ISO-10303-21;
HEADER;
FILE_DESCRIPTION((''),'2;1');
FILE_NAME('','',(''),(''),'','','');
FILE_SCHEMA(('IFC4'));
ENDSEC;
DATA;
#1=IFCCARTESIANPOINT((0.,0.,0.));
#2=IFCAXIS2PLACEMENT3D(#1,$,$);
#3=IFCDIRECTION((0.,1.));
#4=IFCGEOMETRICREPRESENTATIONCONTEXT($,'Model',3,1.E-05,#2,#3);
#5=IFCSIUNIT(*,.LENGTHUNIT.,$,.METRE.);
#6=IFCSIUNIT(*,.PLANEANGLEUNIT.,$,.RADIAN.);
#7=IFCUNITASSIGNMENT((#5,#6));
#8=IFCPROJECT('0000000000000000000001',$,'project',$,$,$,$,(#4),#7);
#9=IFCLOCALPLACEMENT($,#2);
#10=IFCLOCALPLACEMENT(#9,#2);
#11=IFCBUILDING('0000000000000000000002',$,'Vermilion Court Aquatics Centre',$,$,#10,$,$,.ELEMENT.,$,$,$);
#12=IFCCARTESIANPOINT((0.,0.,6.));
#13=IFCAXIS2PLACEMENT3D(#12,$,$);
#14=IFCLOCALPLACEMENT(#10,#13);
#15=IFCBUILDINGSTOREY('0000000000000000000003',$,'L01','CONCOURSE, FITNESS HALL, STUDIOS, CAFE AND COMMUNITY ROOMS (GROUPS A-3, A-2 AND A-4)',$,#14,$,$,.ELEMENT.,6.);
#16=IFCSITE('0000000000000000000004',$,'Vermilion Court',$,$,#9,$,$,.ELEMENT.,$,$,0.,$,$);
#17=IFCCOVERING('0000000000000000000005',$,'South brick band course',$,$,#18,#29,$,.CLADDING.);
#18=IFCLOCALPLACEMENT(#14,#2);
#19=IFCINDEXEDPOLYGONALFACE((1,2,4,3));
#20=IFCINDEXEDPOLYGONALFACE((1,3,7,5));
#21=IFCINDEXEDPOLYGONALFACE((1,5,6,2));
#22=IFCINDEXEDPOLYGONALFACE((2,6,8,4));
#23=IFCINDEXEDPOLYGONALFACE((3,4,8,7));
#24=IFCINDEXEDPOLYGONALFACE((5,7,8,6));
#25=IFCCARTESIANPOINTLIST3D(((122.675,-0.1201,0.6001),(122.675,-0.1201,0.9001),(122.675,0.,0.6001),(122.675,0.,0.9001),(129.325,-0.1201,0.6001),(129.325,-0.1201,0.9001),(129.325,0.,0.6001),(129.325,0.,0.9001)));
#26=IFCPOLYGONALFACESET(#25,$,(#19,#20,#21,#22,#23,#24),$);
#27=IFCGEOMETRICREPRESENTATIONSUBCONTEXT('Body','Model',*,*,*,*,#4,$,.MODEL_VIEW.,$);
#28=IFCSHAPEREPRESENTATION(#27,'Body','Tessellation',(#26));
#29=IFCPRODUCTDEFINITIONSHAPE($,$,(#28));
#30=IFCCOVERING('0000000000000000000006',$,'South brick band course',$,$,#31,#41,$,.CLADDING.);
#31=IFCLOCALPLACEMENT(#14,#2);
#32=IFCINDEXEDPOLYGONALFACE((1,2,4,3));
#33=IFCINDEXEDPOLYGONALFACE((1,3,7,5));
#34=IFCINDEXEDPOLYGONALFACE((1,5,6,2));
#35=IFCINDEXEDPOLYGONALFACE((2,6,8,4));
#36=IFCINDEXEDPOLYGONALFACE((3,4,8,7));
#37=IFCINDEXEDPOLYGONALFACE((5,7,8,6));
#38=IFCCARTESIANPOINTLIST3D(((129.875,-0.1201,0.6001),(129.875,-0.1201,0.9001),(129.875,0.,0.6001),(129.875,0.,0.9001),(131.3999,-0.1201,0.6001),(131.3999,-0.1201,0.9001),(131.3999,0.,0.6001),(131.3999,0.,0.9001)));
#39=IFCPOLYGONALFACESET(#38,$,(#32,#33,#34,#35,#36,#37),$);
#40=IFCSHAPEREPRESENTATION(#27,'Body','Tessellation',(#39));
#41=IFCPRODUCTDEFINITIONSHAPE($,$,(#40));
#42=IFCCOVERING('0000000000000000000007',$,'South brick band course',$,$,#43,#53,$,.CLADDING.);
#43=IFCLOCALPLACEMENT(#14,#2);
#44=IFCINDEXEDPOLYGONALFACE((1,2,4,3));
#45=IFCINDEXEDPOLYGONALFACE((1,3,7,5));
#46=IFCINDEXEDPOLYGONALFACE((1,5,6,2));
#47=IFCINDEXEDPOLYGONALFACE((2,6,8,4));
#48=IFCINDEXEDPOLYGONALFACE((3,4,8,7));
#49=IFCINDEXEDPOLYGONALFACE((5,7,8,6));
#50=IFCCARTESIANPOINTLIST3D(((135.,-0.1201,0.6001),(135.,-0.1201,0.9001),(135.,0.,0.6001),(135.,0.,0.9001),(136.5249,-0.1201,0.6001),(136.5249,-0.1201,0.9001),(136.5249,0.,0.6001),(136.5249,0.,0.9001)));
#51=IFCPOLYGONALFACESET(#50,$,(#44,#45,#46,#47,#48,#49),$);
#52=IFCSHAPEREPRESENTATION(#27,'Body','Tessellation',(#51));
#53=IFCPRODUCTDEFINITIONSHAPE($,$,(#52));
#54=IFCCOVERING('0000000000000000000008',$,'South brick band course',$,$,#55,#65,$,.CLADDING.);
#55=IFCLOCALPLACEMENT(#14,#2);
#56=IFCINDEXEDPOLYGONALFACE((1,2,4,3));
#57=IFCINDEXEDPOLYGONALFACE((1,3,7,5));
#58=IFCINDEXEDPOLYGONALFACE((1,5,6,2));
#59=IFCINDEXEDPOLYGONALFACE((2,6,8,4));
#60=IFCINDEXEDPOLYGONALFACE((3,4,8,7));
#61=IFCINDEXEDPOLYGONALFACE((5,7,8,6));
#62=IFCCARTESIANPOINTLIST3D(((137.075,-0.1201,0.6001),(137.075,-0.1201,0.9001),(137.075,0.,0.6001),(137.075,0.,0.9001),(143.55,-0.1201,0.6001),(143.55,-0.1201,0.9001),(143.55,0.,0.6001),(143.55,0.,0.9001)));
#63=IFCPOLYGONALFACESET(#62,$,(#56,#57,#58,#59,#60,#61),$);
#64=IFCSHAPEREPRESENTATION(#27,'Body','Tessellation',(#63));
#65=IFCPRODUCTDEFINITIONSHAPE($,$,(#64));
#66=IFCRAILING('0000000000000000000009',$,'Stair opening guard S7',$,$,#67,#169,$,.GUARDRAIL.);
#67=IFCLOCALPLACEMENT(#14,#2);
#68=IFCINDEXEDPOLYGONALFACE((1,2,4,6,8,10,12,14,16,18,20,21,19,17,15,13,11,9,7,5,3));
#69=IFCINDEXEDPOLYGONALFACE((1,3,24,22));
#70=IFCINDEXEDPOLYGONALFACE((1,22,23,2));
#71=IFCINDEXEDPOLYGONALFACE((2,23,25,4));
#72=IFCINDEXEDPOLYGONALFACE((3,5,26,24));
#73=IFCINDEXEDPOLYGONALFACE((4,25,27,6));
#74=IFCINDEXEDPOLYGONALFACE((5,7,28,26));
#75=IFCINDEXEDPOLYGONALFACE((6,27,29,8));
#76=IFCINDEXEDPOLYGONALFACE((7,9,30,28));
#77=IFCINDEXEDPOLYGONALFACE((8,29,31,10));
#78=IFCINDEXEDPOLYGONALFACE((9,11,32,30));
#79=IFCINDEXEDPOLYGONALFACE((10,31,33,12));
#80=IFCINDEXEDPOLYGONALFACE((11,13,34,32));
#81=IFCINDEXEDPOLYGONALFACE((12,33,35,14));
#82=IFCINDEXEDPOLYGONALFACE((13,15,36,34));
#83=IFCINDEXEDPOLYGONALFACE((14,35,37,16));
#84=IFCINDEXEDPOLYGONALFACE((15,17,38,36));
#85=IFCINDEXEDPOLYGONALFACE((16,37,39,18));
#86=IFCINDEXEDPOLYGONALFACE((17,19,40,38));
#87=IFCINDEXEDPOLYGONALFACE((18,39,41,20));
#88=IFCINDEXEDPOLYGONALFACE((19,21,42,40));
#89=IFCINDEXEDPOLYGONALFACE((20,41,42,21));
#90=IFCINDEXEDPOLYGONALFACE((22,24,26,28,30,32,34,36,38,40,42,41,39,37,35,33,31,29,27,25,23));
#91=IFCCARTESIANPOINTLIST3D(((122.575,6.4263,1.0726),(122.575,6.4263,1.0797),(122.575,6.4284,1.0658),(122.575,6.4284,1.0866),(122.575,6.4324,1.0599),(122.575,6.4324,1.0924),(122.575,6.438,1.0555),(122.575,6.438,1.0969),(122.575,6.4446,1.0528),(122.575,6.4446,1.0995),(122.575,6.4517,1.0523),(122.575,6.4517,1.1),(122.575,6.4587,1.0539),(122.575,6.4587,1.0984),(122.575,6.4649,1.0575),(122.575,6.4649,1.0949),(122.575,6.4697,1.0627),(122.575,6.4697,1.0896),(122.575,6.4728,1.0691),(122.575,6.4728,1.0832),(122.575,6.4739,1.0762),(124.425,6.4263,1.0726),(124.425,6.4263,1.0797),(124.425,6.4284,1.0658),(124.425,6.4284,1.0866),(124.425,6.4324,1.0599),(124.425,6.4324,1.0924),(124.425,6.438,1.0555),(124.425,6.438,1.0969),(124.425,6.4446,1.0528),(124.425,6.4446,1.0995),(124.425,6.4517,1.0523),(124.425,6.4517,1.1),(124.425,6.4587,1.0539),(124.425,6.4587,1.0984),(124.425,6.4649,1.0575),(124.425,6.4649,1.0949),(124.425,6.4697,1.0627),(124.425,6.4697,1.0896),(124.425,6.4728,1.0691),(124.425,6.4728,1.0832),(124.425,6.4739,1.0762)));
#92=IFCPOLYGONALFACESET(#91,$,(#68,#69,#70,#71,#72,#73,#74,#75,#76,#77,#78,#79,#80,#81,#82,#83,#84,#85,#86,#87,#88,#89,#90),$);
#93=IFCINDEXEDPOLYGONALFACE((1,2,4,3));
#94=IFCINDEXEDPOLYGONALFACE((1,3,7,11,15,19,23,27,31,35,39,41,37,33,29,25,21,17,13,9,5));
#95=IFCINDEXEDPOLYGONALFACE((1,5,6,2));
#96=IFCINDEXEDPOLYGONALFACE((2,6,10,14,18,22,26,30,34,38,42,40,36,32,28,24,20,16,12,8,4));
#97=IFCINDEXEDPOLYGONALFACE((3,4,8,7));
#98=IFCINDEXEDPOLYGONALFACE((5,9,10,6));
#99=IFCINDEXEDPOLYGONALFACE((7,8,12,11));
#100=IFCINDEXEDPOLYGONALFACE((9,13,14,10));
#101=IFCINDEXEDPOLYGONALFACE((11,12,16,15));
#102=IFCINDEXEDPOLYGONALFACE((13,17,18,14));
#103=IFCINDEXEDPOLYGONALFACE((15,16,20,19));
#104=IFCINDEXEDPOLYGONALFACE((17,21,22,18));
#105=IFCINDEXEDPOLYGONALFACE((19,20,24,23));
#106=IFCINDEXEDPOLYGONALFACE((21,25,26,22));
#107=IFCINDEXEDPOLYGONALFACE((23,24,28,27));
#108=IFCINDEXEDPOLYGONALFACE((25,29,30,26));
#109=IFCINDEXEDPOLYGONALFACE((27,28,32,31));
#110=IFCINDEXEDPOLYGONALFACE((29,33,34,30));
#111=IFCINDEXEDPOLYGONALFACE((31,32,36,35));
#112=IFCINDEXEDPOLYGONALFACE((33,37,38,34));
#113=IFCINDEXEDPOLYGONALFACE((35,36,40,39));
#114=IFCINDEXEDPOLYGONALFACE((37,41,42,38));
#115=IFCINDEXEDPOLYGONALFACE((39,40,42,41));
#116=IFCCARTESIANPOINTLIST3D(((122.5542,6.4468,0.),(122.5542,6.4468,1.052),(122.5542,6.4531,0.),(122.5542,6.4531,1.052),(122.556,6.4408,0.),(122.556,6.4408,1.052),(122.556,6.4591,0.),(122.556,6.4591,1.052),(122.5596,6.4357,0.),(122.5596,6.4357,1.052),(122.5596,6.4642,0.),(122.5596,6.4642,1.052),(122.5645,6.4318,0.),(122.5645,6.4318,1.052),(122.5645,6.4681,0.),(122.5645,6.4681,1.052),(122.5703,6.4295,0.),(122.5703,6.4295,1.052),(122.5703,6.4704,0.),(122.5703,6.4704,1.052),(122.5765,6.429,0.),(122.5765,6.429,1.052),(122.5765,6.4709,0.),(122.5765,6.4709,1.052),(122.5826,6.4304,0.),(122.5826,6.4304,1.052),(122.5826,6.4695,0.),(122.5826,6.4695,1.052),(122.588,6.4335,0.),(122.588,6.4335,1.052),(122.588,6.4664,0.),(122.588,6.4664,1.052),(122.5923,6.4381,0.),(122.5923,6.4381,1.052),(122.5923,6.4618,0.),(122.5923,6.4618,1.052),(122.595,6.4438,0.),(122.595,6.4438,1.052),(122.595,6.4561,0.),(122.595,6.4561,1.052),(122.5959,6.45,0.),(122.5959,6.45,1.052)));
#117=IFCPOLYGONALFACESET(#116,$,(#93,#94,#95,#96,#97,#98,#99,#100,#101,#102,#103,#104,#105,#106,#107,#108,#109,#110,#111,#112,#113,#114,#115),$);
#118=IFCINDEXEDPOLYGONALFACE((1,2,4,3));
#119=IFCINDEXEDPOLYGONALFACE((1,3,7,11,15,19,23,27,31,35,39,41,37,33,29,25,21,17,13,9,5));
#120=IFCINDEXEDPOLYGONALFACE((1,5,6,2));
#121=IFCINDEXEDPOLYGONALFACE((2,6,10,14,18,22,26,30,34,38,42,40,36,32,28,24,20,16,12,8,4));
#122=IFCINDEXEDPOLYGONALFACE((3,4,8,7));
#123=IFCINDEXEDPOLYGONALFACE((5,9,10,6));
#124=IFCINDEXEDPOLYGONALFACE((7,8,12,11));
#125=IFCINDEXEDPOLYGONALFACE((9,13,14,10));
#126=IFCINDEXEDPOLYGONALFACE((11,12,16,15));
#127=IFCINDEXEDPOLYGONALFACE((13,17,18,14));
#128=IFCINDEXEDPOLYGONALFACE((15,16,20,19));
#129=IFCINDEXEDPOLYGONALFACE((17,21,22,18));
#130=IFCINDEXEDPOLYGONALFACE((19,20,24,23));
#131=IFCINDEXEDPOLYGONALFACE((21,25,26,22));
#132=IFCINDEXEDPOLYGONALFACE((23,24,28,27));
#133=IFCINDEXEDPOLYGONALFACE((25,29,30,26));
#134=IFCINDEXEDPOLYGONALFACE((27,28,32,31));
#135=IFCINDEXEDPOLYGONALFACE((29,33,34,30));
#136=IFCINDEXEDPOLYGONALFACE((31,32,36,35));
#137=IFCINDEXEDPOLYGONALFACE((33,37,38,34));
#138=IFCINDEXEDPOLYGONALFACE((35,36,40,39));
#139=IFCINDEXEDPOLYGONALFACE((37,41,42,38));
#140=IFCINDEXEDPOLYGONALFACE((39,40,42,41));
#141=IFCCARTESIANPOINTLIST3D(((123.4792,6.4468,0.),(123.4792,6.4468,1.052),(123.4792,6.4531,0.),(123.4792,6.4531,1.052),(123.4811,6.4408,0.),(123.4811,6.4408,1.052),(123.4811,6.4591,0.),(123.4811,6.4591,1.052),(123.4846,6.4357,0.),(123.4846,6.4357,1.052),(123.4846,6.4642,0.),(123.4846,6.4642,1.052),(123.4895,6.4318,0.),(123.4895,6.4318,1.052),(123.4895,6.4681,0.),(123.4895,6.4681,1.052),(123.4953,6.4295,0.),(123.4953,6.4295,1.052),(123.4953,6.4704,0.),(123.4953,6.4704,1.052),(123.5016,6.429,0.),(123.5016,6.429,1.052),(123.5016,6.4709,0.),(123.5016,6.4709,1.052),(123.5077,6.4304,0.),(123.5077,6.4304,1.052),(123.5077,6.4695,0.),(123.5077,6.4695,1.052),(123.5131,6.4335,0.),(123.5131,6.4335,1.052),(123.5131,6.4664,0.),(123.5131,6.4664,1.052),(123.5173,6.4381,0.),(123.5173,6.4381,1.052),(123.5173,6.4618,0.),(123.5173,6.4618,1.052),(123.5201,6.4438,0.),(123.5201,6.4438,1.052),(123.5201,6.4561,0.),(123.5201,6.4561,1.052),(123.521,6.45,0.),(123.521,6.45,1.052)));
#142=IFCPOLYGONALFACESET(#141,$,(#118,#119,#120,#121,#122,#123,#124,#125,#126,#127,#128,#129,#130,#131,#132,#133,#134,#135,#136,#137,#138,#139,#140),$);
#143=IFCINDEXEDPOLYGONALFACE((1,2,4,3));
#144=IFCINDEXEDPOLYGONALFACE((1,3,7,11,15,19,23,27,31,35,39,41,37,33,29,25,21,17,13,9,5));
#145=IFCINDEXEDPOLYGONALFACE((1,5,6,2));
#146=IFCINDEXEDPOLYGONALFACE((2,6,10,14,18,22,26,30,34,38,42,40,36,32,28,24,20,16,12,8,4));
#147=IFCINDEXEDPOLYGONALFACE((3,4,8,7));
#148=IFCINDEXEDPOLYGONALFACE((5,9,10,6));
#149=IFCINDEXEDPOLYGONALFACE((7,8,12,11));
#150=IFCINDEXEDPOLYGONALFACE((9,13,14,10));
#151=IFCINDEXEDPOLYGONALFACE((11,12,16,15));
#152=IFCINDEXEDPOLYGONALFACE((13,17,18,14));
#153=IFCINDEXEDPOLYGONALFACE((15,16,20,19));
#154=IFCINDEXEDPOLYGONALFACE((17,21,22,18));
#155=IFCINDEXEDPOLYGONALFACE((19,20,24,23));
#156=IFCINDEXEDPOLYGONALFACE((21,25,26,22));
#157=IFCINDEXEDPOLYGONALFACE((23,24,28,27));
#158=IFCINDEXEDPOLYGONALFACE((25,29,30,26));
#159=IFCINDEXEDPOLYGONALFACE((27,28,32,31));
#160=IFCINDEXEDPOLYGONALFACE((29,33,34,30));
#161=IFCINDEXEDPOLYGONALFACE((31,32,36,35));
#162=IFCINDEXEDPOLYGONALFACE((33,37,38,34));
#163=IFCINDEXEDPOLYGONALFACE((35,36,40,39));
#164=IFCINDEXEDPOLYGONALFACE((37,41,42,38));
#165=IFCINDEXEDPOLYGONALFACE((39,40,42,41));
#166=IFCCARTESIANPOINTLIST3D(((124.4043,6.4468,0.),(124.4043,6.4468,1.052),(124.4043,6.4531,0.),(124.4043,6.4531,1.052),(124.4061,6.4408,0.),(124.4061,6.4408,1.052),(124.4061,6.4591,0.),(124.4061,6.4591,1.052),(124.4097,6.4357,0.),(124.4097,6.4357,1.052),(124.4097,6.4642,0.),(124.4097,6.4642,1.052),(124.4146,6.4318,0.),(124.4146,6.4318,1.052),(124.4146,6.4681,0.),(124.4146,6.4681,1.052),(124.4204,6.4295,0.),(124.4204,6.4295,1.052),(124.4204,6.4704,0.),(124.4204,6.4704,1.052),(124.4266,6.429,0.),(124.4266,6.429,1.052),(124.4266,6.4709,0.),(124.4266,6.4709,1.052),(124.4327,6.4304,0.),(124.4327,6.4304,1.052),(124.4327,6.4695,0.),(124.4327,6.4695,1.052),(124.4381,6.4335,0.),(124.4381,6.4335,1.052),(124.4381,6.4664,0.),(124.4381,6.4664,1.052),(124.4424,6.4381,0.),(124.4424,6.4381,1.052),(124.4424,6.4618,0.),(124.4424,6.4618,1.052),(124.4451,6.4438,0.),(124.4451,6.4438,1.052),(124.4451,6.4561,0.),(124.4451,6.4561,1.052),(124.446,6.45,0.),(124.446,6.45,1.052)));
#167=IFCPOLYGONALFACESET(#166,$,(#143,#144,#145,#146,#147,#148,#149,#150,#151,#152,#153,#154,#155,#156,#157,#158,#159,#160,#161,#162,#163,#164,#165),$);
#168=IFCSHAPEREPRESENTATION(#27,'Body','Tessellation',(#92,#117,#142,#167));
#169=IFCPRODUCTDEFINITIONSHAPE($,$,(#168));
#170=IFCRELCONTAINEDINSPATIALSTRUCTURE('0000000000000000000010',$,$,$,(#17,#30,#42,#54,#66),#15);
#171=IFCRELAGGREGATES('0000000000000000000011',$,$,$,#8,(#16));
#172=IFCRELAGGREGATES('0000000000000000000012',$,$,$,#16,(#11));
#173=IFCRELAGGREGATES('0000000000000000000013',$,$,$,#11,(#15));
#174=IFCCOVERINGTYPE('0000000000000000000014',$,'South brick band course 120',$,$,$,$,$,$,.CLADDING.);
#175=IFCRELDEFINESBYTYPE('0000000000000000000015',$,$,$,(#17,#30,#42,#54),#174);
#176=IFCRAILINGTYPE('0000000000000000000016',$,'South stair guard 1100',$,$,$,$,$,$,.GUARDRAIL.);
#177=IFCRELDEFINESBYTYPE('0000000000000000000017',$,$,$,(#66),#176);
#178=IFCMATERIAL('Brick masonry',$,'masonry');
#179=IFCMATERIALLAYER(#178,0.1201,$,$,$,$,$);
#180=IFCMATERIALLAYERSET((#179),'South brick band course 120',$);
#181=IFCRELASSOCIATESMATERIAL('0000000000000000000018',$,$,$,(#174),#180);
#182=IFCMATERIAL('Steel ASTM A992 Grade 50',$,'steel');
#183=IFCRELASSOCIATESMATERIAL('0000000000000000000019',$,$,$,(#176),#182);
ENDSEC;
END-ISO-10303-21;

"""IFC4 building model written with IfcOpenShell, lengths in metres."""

from ifc_helpers import new_model, si_unit, direction, frame, origin, origin_2d, place, context, subcontext, project, spatial, rectangle, circle, extrude, material, layer, layer_set, type_object, element, save


model = new_model("IFC4")

# Units and contexts
model_context = context("Model", 3, precision=1e-05, world=origin(), true_north=direction((0.0, 1.0)))
body_context = subcontext(model_context, "Body", "Model", "MODEL_VIEW")
ifc_project = project(units=[si_unit("LENGTHUNIT", "METRE"), si_unit("PLANEANGLEUNIT", "RADIAN")], contexts=[model_context])

# Site, building, storey
site_placement = place(None, origin())
site = spatial("IfcSite", under=ifc_project, at=site_placement, Name="Vermilion Court", CompositionType="ELEMENT", RefElevation=0.0)
building_placement = place(site_placement, origin())
building = spatial("IfcBuilding", under=site, at=building_placement, Name="Vermilion Court Aquatics Centre", CompositionType="ELEMENT")
storey_placement = place(building_placement, frame((0.0, 0.0, 6.0)))
storey = spatial("IfcBuildingStorey", under=building, at=storey_placement, Name="L01", Description="CONCOURSE, FITNESS HALL, STUDIOS, CAFE AND COMMUNITY ROOMS (GROUPS A-3, A-2 AND A-4)", CompositionType="ELEMENT", Elevation=6.0)

# Coverings
ifc_material_1 = material(Name="Brick masonry", Category="masonry")
ifc_layer_1 = layer(ifc_material_1, 0.1201)
ifc_layer_set_1 = layer_set([ifc_layer_1], Name="South brick band course 120")
covering_type = type_object("IfcCoveringType", Name="South brick band course 120", PredefinedType="CLADDING", material=ifc_layer_set_1)
covering_1_placement = place(storey_placement, frame((126.0, -0.0601, 0.6001), z_axis=(0.0, 0.0, 1.0), x_axis=(1.0, 0.0, 0.0)))
element("IfcCovering", 1, at=covering_1_placement, inside=storey, type_object=covering_type, Name="South brick band course", PredefinedType="CLADDING", context=body_context, shape_type="SweptSolid", body=[
    extrude(rectangle(XDim=6.6499, YDim=0.1201, at=origin_2d()), origin(), (0.0, 0.0, 1.0), 0.3),
])
for number, where, z_axis, x_axis, name in (
    (2, (130.6375, -0.0601, 0.6001), (0.0, 0.0, 1.0), (1.0, 0.0, 0.0), "South brick band course"),
    (3, (135.7625, -0.0601, 0.6001), (0.0, 0.0, 1.0), (1.0, 0.0, 0.0), "South brick band course"),
):
    element("IfcCovering", number, at=place(storey_placement, frame(where, z_axis=z_axis, x_axis=x_axis)), inside=storey, type_object=covering_type, Name=name, PredefinedType="CLADDING", context=body_context, shape_type="SweptSolid", body=[
        extrude(rectangle(XDim=1.5249, YDim=0.1201, at=origin_2d()), origin(), (0.0, 0.0, 1.0), 0.3),
    ])
covering_2_placement = place(storey_placement, frame((140.3125, -0.0601, 0.6001), z_axis=(0.0, 0.0, 1.0), x_axis=(1.0, 0.0, 0.0)))
element("IfcCovering", 4, at=covering_2_placement, inside=storey, type_object=covering_type, Name="South brick band course", PredefinedType="CLADDING", context=body_context, shape_type="SweptSolid", body=[
    extrude(rectangle(XDim=6.4751, YDim=0.1201, at=origin_2d()), origin(), (0.0, 0.0, 1.0), 0.3),
])

# Railing
ifc_material_2 = material(Name="Steel ASTM A992 Grade 50", Category="steel")
railing_type = type_object("IfcRailingType", Name="South stair guard 1100", PredefinedType="GUARDRAIL", material=ifc_material_2)
railing_placement = place(storey_placement, frame((122.575, 6.45, 0.0)))
element("IfcRailing", 5, at=railing_placement, inside=storey, type_object=railing_type, Name="Stair opening guard S7", PredefinedType="GUARDRAIL", context=body_context, shape_type="SweptSolid", body=[
    extrude(circle(Radius=0.0239, at=origin_2d()), frame((0.0, 0.0, 1.0762), z_axis=(1.0, 0.0, 0.0), x_axis=(0.0, 1.0, 0.0)), (0.0, 0.0, 1.0), 1.8501),
    extrude(circle(Radius=0.021, at=origin_2d()), origin(), (0.0, 0.0, 1.0), 1.052),
    extrude(circle(Radius=0.021, at=origin_2d()), frame((0.925, 0.0, 0.0)), (0.0, 0.0, 1.0), 1.052),
    extrude(circle(Radius=0.021, at=origin_2d()), frame((1.8501, 0.0, 0.0)), (0.0, 0.0, 1.0), 1.052),
])

save(model, "model.ifc")
